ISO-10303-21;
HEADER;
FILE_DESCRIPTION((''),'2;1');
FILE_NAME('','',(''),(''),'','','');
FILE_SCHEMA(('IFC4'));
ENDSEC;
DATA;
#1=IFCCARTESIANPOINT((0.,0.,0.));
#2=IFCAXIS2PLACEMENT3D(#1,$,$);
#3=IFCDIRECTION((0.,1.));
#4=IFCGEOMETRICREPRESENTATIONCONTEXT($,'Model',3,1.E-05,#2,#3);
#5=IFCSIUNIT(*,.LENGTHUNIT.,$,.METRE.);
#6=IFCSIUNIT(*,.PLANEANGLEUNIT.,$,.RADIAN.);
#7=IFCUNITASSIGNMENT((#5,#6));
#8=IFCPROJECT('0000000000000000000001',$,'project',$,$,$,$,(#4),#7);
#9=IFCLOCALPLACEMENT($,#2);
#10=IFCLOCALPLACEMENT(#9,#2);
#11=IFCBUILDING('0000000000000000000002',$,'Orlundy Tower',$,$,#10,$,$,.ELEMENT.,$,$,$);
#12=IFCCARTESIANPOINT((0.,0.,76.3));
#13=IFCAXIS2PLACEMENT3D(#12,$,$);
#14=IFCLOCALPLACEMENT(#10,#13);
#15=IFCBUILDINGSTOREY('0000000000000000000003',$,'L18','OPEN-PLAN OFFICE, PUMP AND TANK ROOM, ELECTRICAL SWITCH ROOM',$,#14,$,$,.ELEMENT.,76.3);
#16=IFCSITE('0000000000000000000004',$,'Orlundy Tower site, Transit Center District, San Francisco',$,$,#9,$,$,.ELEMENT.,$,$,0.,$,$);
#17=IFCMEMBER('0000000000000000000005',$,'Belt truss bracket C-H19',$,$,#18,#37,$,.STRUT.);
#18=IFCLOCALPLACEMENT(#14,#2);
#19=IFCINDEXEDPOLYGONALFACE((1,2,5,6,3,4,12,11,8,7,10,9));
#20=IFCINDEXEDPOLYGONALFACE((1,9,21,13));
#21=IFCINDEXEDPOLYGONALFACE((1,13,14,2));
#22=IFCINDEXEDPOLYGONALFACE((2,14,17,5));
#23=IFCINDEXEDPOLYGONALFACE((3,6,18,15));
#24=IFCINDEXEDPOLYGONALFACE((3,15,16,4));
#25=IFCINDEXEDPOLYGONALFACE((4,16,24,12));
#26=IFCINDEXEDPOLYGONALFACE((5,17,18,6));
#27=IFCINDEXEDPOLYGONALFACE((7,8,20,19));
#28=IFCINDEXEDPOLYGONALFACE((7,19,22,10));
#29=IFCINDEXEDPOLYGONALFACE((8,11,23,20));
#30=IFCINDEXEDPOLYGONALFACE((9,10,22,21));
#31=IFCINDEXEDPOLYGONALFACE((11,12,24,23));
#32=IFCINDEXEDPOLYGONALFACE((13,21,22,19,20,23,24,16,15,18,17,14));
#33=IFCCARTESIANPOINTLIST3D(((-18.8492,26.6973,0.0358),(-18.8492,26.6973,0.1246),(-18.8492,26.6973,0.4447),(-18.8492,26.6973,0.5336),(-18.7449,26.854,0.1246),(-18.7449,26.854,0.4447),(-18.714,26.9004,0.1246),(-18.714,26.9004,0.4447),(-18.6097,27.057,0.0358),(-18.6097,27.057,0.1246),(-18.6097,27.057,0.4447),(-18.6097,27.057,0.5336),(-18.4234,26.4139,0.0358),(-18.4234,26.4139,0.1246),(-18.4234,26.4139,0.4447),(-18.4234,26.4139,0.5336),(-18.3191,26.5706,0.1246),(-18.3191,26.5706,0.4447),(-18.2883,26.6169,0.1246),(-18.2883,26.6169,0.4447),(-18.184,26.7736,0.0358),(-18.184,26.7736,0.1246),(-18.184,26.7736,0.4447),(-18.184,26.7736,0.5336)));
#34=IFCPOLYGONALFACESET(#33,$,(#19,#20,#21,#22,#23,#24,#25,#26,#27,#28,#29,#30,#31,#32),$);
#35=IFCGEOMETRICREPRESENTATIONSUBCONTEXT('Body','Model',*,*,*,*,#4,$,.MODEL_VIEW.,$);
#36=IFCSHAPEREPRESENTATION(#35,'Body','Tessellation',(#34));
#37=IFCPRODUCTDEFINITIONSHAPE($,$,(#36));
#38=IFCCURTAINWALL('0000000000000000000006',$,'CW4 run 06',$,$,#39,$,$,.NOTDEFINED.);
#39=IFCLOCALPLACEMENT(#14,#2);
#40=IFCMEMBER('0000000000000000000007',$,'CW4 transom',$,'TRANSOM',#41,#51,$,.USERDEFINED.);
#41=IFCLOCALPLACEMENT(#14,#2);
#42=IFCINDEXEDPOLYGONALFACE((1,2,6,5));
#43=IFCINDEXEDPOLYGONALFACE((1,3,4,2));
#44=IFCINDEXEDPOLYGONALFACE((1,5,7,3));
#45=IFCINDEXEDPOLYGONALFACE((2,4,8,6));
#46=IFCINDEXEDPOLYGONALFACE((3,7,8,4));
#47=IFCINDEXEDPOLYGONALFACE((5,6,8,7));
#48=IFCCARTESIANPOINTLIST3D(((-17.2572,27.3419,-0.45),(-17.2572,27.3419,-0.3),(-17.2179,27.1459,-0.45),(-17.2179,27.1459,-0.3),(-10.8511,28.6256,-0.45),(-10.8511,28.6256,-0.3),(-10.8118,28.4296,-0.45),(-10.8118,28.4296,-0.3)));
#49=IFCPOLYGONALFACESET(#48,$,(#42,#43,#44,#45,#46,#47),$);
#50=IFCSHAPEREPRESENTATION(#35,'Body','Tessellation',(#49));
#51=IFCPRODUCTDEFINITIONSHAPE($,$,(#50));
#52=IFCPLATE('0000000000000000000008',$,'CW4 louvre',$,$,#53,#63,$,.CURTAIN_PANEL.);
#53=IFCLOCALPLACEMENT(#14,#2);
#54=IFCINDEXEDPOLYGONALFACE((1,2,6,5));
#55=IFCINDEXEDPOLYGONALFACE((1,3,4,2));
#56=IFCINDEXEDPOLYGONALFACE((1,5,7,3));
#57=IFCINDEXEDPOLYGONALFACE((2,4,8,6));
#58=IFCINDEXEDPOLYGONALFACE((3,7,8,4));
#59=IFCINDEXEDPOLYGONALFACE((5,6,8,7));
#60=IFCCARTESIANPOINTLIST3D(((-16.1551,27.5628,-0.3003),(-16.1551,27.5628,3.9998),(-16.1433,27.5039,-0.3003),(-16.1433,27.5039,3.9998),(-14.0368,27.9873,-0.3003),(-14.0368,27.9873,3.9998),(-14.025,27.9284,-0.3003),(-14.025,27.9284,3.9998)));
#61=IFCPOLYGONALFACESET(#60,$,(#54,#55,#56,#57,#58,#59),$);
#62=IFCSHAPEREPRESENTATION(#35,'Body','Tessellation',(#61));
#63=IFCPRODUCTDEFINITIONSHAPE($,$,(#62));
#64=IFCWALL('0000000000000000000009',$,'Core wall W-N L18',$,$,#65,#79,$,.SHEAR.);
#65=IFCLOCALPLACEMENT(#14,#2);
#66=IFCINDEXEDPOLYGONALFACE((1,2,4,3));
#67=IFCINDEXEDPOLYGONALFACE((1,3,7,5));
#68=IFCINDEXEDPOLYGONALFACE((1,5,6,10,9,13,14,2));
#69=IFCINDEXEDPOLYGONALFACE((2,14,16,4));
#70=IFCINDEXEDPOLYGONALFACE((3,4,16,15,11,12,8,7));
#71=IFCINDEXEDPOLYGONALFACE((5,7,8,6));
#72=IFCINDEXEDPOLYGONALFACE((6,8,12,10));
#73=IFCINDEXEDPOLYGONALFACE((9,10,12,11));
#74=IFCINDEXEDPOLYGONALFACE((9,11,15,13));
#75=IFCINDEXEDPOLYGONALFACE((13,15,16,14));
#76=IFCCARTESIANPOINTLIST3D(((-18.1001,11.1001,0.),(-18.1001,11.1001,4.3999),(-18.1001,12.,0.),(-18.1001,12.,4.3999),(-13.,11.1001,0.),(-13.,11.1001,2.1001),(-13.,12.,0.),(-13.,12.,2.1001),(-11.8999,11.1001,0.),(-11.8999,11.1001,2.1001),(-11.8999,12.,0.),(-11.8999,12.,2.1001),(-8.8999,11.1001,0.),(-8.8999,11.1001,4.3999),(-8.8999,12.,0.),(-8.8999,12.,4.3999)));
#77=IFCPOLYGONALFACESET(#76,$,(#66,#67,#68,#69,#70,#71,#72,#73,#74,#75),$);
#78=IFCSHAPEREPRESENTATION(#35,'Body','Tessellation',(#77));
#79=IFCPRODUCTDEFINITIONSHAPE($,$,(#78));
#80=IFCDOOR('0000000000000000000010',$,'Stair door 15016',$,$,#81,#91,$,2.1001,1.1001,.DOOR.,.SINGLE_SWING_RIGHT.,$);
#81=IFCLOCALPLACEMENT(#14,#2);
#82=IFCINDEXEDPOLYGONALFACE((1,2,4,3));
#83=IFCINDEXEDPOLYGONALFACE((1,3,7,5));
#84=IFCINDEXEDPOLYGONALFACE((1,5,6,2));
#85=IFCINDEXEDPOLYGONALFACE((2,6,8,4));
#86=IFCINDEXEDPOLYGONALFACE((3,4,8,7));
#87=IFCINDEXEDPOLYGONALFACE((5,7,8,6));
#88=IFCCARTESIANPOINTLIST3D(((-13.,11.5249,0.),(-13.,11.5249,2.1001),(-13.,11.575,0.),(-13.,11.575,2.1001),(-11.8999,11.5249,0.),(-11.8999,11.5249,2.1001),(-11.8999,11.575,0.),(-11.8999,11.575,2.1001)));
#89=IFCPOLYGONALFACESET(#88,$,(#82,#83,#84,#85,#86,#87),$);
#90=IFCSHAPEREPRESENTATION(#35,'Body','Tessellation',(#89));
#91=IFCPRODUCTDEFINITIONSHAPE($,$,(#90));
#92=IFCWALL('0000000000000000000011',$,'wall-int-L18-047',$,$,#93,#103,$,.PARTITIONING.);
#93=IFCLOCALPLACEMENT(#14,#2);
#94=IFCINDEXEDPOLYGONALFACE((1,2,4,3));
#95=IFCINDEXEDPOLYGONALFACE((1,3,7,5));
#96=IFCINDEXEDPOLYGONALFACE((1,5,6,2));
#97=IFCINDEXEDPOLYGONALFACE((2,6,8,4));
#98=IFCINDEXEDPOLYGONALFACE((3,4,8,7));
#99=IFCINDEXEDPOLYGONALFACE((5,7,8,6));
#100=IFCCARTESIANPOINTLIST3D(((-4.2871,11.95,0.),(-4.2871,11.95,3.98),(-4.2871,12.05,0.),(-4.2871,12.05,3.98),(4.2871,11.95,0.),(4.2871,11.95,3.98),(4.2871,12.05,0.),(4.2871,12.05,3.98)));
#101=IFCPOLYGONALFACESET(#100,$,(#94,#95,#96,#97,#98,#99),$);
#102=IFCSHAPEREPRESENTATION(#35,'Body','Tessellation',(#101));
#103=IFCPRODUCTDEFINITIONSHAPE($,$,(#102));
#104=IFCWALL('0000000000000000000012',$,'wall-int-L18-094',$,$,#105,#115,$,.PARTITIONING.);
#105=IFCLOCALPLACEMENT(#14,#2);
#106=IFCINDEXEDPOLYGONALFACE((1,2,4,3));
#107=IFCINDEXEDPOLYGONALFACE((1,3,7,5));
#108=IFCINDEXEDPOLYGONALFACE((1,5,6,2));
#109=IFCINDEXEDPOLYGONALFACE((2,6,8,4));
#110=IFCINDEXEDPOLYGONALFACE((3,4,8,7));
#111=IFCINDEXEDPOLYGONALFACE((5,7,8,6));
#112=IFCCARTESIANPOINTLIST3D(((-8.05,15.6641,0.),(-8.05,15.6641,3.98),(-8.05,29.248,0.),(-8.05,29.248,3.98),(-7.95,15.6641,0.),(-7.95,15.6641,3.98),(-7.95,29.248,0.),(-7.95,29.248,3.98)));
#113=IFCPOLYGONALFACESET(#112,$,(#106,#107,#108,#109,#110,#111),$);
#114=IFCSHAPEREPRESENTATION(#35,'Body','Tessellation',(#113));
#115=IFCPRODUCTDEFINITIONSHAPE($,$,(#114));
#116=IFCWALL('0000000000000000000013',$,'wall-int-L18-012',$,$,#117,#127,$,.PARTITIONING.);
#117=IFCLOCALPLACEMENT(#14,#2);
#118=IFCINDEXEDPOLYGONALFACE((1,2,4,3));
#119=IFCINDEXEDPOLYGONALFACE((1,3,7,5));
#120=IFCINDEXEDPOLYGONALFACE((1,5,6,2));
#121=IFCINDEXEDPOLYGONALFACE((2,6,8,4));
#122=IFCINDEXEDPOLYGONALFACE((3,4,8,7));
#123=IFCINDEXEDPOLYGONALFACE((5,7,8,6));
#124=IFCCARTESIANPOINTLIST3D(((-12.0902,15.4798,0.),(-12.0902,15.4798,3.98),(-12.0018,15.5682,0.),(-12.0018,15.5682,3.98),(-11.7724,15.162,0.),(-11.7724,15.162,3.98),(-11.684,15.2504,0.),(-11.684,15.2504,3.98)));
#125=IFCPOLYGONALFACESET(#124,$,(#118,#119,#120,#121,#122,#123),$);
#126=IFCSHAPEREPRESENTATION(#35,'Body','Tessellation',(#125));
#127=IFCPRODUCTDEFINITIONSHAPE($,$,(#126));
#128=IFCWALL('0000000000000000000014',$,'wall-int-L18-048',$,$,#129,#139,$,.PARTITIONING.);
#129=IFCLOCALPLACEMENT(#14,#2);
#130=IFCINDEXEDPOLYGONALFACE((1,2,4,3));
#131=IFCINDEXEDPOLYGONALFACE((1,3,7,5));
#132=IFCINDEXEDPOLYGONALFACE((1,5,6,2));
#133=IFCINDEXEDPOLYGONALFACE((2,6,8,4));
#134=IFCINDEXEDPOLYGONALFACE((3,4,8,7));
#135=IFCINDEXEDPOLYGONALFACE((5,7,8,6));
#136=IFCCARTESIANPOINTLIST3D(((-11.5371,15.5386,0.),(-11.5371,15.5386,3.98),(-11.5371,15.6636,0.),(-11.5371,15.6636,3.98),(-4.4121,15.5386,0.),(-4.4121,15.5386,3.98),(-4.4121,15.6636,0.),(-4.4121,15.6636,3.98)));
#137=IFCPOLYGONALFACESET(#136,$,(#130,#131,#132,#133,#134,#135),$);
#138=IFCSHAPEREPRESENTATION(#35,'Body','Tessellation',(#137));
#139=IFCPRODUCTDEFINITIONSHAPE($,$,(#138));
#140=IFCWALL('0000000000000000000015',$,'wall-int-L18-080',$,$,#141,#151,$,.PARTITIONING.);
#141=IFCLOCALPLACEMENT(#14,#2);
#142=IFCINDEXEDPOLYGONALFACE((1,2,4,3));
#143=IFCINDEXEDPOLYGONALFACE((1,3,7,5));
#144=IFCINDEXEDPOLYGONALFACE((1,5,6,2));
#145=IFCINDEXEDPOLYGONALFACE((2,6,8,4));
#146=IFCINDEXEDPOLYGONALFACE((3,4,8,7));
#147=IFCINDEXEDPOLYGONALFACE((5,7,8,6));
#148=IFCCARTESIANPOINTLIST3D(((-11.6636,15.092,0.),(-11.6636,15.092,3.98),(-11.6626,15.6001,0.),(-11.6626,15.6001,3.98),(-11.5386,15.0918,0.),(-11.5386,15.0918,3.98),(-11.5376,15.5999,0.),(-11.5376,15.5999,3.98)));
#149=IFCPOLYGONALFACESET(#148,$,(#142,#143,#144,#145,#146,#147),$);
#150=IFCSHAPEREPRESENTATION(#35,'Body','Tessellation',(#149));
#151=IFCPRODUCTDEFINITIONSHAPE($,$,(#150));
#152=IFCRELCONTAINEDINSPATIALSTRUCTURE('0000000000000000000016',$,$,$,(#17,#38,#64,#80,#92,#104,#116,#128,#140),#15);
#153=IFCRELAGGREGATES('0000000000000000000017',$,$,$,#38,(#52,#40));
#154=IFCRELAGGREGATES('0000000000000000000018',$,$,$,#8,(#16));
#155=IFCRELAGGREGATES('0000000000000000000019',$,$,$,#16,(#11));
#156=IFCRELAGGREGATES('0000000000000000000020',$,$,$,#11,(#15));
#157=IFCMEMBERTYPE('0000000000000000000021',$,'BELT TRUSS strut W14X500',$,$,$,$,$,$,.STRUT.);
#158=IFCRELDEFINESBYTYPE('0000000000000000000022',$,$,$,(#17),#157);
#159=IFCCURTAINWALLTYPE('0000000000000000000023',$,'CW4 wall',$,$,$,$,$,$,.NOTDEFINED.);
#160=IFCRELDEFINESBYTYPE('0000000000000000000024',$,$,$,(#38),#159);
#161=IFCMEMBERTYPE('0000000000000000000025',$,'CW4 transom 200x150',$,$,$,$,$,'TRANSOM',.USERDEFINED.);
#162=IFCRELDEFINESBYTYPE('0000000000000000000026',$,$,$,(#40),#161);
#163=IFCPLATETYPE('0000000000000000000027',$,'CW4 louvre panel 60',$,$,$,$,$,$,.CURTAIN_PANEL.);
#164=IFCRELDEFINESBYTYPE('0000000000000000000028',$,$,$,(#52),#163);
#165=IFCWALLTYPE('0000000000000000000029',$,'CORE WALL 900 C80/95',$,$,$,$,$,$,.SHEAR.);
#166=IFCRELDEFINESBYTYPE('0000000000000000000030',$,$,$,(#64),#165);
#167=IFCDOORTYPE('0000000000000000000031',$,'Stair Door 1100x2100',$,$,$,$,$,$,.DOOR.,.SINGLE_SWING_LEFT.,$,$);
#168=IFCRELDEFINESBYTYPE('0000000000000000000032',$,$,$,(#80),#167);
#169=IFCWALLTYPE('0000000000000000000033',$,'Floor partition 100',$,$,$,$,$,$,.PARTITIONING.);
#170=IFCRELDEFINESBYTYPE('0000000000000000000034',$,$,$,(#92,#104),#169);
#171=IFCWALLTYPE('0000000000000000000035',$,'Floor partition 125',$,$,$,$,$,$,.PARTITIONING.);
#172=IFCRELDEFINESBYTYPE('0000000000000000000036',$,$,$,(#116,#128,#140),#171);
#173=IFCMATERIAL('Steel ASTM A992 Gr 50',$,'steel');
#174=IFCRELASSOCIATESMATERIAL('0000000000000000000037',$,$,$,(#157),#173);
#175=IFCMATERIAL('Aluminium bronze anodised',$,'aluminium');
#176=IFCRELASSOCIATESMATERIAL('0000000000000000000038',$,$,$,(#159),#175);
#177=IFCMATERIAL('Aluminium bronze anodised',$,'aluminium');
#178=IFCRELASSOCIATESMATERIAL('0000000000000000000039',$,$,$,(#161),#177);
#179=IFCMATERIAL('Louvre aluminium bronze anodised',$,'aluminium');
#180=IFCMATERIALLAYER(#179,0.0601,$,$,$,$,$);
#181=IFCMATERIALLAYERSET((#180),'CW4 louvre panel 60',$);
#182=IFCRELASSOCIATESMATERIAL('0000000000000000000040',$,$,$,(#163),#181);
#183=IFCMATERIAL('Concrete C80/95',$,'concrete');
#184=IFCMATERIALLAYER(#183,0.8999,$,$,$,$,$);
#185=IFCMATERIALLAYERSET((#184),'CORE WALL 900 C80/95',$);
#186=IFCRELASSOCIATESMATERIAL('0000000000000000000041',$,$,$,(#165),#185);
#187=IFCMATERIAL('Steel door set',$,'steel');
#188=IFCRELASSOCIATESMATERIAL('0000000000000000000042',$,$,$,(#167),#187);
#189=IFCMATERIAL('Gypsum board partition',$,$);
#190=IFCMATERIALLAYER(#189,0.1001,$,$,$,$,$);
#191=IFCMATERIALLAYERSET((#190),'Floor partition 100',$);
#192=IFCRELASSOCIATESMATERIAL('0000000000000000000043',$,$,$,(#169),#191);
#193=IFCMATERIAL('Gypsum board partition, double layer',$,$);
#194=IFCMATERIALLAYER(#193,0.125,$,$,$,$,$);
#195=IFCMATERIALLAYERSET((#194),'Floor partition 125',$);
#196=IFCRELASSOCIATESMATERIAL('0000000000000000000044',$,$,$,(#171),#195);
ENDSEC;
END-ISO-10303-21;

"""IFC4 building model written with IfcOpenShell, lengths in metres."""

from ifc_helpers import new_model, si_unit, direction, frame, frame_2d, origin, origin_2d, place, context, subcontext, project, spatial, rectangle, i_section, extrude, material, layer, layer_set, material_profile, profile_set, type_object, element, fill, aggregate, save


model = new_model("IFC4")

# Units and contexts
model_context = context("Model", 3, precision=1e-05, world=origin(), true_north=direction((0.0, 1.0)))
body_context = subcontext(model_context, "Body", "Model", "MODEL_VIEW")
ifc_project = project(units=[si_unit("LENGTHUNIT", "METRE"), si_unit("PLANEANGLEUNIT", "RADIAN")], contexts=[model_context])

# Site, building, storey
site_placement = place(None, origin())
site = spatial("IfcSite", under=ifc_project, at=site_placement, Name="Orlundy Tower site, Transit Center District, San Francisco", CompositionType="ELEMENT", RefElevation=0.0)
building_placement = place(site_placement, origin())
building = spatial("IfcBuilding", under=site, at=building_placement, Name="Orlundy Tower", CompositionType="ELEMENT")
storey_placement = place(building_placement, frame((0.0, 0.0, 76.3)))
storey = spatial("IfcBuildingStorey", under=building, at=storey_placement, Name="L18", Description="OPEN-PLAN OFFICE, PUMP AND TANK ROOM, ELECTRICAL SWITCH ROOM", CompositionType="ELEMENT", Elevation=76.3)

# Member
ifc_material_1 = material(Name="Steel ASTM A992 Gr 50", Category="steel")
ifc_material_profile_1 = material_profile(ifc_material_1, i_section(OverallWidth=0.4321, OverallDepth=0.4978, WebThickness=0.0557, FlangeThickness=0.0889, at=origin_2d()), Name="W14X500")
ifc_profile_set_1 = profile_set([ifc_material_profile_1], Name="Steel ASTM A992 Gr 50")
member_type_1 = type_object("IfcMemberType", Name="BELT TRUSS strut W14X500", PredefinedType="STRUT", material=ifc_profile_set_1)
member_1_placement = place(storey_placement, frame((-18.3037, 26.5938, 0.2847), z_axis=(-0.832417, 0.554149, 0.0), x_axis=(-0.554149, -0.832417, 0.0)))
element("IfcMember", 1, at=member_1_placement, inside=storey, type_object=member_type_1, Name="Belt truss bracket C-H19", PredefinedType="STRUT", context=body_context, shape_type="SweptSolid", body=[
    extrude(i_section(OverallWidth=0.4321, OverallDepth=0.4978, WebThickness=0.0557, FlangeThickness=0.0889, at=origin_2d()), origin(), (0.0, 0.0, 1.0), 0.5115),
])

# Curtain wall, member, plate
ifc_material_2 = material(Name="Aluminium bronze anodised", Category="aluminium")
curtain_wall_type = type_object("IfcCurtainWallType", Name="CW4 wall", PredefinedType="NOTDEFINED", material=ifc_material_2)
curtain_wall_placement = place(storey_placement, origin())
curtain_wall = element("IfcCurtainWall", 2, at=curtain_wall_placement, inside=storey, type_object=curtain_wall_type, Name="CW4 run 06", PredefinedType="NOTDEFINED")
ifc_material_3 = material(Name="Aluminium bronze anodised", Category="aluminium")
ifc_material_profile_2 = material_profile(ifc_material_3, rectangle(XDim=0.2, YDim=0.1499, at=origin_2d()), Name="CW4 transom 200x150")
ifc_profile_set_2 = profile_set([ifc_material_profile_2], Name="Aluminium bronze anodised")
member_type_2 = type_object("IfcMemberType", Name="CW4 transom 200x150", ElementType="TRANSOM", PredefinedType="USERDEFINED", material=ifc_profile_set_2)
member_2_placement = place(storey_placement, frame((-17.2375, 27.2439, -0.375), z_axis=(0.980507, 0.196483, 0.0), x_axis=(-0.196483, 0.980507, 0.0)))
member_2 = element("IfcMember", 3, at=member_2_placement, type_object=member_type_2, Name="CW4 transom", ObjectType="TRANSOM", PredefinedType="USERDEFINED", context=body_context, shape_type="SweptSolid", body=[
    extrude(rectangle(XDim=0.2, YDim=0.1499, at=origin_2d()), origin(), (0.0, 0.0, 1.0), 6.5334),
])
ifc_material_4 = material(Name="Louvre aluminium bronze anodised", Category="aluminium")
ifc_layer_1 = layer(ifc_material_4, 0.0601)
ifc_layer_set_1 = layer_set([ifc_layer_1], Name="CW4 louvre panel 60")
plate_type = type_object("IfcPlateType", Name="CW4 louvre panel 60", PredefinedType="CURTAIN_PANEL", material=ifc_layer_set_1)
plate_placement = place(storey_placement, frame((-15.0901, 27.7456, -0.3003), z_axis=(0.0, 0.0, 1.0), x_axis=(0.980507, 0.196485, 0.0)))
plate = element("IfcPlate", 4, at=plate_placement, type_object=plate_type, Name="CW4 louvre", PredefinedType="CURTAIN_PANEL", context=body_context, shape_type="SweptSolid", body=[
    extrude(rectangle(XDim=2.1604, YDim=0.0601, at=origin_2d()), origin(), (0.0, 0.0, 1.0), 4.3),
])
aggregate(curtain_wall, [plate, member_2])

# Wall, opening, door
ifc_material_5 = material(Name="Concrete C80/95", Category="concrete")
ifc_layer_2 = layer(ifc_material_5, 0.8999)
ifc_layer_set_2 = layer_set([ifc_layer_2], Name="CORE WALL 900 C80/95")
wall_type_1 = type_object("IfcWallType", Name="CORE WALL 900 C80/95", PredefinedType="SHEAR", material=ifc_layer_set_2)
wall_1_placement = place(storey_placement, frame((-18.1001, 11.55, 0.0), z_axis=(0.0, 0.0, 1.0), x_axis=(1.0, 0.0, 0.0)))
wall_1 = element("IfcWall", 5, at=wall_1_placement, inside=storey, type_object=wall_type_1, Name="Core wall W-N L18", PredefinedType="SHEAR", context=body_context, shape_type="SweptSolid", body=[
    extrude(rectangle(XDim=9.2002, YDim=0.8999, at=frame_2d((4.6001, 0.0))), origin(), (0.0, 0.0, 1.0), 4.3999),
])
opening_1_placement = place(wall_1_placement, frame((5.1001, 0.0, 0.0)))
opening_1 = element("IfcOpeningElement", 6, at=opening_1_placement, cuts=wall_1, PredefinedType="OPENING", context=body_context, shape_type="SweptSolid", body=[
    extrude(rectangle(XDim=1.1001, YDim=2.1001, at=frame_2d((0.55, 1.05))), frame((0.0, 0.46, 0.0), z_axis=(0.0, -1.0, 0.0), x_axis=(1.0, 0.0, 0.0)), (0.0, 0.0, 1.0), 0.9199),
])
ifc_material_6 = material(Name="Steel door set", Category="steel")
door_type_1 = type_object("IfcDoorType", Name="Stair Door 1100x2100", OperationType="SINGLE_SWING_LEFT", PredefinedType="DOOR", material=ifc_material_6)
door_1_placement = place(opening_1_placement, origin())
door_1 = element("IfcDoor", 7, at=door_1_placement, inside=storey, type_object=door_type_1, Name="Stair door 15016", OperationType="SINGLE_SWING_RIGHT", OverallHeight=2.1001, OverallWidth=1.1001, PredefinedType="DOOR", context=body_context, shape_type="SweptSolid", body=[
    extrude(rectangle(XDim=1.1001, YDim=2.1001, at=frame_2d((0.55, 1.05))), frame((0.0, 0.0249, 0.0), z_axis=(0.0, -1.0, 0.0), x_axis=(1.0, 0.0, 0.0)), (0.0, 0.0, 1.0), 0.05),
])
fill(opening_1, door_1)

# Walls
ifc_material_7 = material(Name="Gypsum board partition")
ifc_layer_3 = layer(ifc_material_7, 0.1001)
ifc_layer_set_3 = layer_set([ifc_layer_3], Name="Floor partition 100")
wall_type_2 = type_object("IfcWallType", Name="Floor partition 100", PredefinedType="PARTITIONING", material=ifc_layer_set_3)
wall_2_placement = place(storey_placement, frame((-4.2871, 12.0, 0.0), z_axis=(0.0, 0.0, 1.0), x_axis=(1.0, 0.0, 0.0)))
element("IfcWall", 8, at=wall_2_placement, inside=storey, type_object=wall_type_2, Name="wall-int-L18-047", PredefinedType="PARTITIONING", context=body_context, shape_type="SweptSolid", body=[
    extrude(rectangle(XDim=8.5742, YDim=0.1001, at=frame_2d((4.2871, 0.0))), origin(), (0.0, 0.0, 1.0), 3.98),
])
wall_3_placement = place(storey_placement, frame((-8.0, 15.6641, 0.0), z_axis=(0.0, 0.0, 1.0), x_axis=(0.0, 1.0, 0.0)))
element("IfcWall", 9, at=wall_3_placement, inside=storey, type_object=wall_type_2, Name="wall-int-L18-094", PredefinedType="PARTITIONING", context=body_context, shape_type="SweptSolid", body=[
    extrude(rectangle(XDim=13.584, YDim=0.1001, at=frame_2d((6.792, 0.0))), origin(), (0.0, 0.0, 1.0), 3.98),
])
ifc_material_8 = material(Name="Gypsum board partition, double layer")
ifc_layer_4 = layer(ifc_material_8, 0.125)
ifc_layer_set_4 = layer_set([ifc_layer_4], Name="Floor partition 125")
wall_type_3 = type_object("IfcWallType", Name="Floor partition 125", PredefinedType="PARTITIONING", material=ifc_layer_set_4)
wall_4_placement = place(storey_placement, frame((-12.0459, 15.5239, 0.0), z_axis=(0.0, 0.0, 1.0), x_axis=(0.707107, -0.707107, 0.0)))
element("IfcWall", 10, at=wall_4_placement, inside=storey, type_object=wall_type_3, Name="wall-int-L18-012", PredefinedType="PARTITIONING", context=body_context, shape_type="SweptSolid", body=[
    extrude(rectangle(XDim=0.4495, YDim=0.125, at=frame_2d((0.2246, 0.0))), origin(), (0.0, 0.0, 1.0), 3.98),
])
wall_5_placement = place(storey_placement, frame((-11.5371, 15.6011, 0.0), z_axis=(0.0, 0.0, 1.0), x_axis=(1.0, 0.0, 0.0)))
element("IfcWall", 11, at=wall_5_placement, inside=storey, type_object=wall_type_3, Name="wall-int-L18-048", PredefinedType="PARTITIONING", context=body_context, shape_type="SweptSolid", body=[
    extrude(rectangle(XDim=7.125, YDim=0.125, at=frame_2d((3.5625, 0.0))), origin(), (0.0, 0.0, 1.0), 3.98),
])
wall_6_placement = place(storey_placement, frame((-11.6011, 15.092, 0.0), z_axis=(0.0, 0.0, 1.0), x_axis=(0.001922, 0.999998, 0.0)))
element("IfcWall", 12, at=wall_6_placement, inside=storey, type_object=wall_type_3, Name="wall-int-L18-080", PredefinedType="PARTITIONING", context=body_context, shape_type="SweptSolid", body=[
    extrude(rectangle(XDim=0.5081, YDim=0.125, at=frame_2d((0.2539, 0.0))), origin(), (0.0, 0.0, 1.0), 3.98),
])

save(model, "model.ifc")
